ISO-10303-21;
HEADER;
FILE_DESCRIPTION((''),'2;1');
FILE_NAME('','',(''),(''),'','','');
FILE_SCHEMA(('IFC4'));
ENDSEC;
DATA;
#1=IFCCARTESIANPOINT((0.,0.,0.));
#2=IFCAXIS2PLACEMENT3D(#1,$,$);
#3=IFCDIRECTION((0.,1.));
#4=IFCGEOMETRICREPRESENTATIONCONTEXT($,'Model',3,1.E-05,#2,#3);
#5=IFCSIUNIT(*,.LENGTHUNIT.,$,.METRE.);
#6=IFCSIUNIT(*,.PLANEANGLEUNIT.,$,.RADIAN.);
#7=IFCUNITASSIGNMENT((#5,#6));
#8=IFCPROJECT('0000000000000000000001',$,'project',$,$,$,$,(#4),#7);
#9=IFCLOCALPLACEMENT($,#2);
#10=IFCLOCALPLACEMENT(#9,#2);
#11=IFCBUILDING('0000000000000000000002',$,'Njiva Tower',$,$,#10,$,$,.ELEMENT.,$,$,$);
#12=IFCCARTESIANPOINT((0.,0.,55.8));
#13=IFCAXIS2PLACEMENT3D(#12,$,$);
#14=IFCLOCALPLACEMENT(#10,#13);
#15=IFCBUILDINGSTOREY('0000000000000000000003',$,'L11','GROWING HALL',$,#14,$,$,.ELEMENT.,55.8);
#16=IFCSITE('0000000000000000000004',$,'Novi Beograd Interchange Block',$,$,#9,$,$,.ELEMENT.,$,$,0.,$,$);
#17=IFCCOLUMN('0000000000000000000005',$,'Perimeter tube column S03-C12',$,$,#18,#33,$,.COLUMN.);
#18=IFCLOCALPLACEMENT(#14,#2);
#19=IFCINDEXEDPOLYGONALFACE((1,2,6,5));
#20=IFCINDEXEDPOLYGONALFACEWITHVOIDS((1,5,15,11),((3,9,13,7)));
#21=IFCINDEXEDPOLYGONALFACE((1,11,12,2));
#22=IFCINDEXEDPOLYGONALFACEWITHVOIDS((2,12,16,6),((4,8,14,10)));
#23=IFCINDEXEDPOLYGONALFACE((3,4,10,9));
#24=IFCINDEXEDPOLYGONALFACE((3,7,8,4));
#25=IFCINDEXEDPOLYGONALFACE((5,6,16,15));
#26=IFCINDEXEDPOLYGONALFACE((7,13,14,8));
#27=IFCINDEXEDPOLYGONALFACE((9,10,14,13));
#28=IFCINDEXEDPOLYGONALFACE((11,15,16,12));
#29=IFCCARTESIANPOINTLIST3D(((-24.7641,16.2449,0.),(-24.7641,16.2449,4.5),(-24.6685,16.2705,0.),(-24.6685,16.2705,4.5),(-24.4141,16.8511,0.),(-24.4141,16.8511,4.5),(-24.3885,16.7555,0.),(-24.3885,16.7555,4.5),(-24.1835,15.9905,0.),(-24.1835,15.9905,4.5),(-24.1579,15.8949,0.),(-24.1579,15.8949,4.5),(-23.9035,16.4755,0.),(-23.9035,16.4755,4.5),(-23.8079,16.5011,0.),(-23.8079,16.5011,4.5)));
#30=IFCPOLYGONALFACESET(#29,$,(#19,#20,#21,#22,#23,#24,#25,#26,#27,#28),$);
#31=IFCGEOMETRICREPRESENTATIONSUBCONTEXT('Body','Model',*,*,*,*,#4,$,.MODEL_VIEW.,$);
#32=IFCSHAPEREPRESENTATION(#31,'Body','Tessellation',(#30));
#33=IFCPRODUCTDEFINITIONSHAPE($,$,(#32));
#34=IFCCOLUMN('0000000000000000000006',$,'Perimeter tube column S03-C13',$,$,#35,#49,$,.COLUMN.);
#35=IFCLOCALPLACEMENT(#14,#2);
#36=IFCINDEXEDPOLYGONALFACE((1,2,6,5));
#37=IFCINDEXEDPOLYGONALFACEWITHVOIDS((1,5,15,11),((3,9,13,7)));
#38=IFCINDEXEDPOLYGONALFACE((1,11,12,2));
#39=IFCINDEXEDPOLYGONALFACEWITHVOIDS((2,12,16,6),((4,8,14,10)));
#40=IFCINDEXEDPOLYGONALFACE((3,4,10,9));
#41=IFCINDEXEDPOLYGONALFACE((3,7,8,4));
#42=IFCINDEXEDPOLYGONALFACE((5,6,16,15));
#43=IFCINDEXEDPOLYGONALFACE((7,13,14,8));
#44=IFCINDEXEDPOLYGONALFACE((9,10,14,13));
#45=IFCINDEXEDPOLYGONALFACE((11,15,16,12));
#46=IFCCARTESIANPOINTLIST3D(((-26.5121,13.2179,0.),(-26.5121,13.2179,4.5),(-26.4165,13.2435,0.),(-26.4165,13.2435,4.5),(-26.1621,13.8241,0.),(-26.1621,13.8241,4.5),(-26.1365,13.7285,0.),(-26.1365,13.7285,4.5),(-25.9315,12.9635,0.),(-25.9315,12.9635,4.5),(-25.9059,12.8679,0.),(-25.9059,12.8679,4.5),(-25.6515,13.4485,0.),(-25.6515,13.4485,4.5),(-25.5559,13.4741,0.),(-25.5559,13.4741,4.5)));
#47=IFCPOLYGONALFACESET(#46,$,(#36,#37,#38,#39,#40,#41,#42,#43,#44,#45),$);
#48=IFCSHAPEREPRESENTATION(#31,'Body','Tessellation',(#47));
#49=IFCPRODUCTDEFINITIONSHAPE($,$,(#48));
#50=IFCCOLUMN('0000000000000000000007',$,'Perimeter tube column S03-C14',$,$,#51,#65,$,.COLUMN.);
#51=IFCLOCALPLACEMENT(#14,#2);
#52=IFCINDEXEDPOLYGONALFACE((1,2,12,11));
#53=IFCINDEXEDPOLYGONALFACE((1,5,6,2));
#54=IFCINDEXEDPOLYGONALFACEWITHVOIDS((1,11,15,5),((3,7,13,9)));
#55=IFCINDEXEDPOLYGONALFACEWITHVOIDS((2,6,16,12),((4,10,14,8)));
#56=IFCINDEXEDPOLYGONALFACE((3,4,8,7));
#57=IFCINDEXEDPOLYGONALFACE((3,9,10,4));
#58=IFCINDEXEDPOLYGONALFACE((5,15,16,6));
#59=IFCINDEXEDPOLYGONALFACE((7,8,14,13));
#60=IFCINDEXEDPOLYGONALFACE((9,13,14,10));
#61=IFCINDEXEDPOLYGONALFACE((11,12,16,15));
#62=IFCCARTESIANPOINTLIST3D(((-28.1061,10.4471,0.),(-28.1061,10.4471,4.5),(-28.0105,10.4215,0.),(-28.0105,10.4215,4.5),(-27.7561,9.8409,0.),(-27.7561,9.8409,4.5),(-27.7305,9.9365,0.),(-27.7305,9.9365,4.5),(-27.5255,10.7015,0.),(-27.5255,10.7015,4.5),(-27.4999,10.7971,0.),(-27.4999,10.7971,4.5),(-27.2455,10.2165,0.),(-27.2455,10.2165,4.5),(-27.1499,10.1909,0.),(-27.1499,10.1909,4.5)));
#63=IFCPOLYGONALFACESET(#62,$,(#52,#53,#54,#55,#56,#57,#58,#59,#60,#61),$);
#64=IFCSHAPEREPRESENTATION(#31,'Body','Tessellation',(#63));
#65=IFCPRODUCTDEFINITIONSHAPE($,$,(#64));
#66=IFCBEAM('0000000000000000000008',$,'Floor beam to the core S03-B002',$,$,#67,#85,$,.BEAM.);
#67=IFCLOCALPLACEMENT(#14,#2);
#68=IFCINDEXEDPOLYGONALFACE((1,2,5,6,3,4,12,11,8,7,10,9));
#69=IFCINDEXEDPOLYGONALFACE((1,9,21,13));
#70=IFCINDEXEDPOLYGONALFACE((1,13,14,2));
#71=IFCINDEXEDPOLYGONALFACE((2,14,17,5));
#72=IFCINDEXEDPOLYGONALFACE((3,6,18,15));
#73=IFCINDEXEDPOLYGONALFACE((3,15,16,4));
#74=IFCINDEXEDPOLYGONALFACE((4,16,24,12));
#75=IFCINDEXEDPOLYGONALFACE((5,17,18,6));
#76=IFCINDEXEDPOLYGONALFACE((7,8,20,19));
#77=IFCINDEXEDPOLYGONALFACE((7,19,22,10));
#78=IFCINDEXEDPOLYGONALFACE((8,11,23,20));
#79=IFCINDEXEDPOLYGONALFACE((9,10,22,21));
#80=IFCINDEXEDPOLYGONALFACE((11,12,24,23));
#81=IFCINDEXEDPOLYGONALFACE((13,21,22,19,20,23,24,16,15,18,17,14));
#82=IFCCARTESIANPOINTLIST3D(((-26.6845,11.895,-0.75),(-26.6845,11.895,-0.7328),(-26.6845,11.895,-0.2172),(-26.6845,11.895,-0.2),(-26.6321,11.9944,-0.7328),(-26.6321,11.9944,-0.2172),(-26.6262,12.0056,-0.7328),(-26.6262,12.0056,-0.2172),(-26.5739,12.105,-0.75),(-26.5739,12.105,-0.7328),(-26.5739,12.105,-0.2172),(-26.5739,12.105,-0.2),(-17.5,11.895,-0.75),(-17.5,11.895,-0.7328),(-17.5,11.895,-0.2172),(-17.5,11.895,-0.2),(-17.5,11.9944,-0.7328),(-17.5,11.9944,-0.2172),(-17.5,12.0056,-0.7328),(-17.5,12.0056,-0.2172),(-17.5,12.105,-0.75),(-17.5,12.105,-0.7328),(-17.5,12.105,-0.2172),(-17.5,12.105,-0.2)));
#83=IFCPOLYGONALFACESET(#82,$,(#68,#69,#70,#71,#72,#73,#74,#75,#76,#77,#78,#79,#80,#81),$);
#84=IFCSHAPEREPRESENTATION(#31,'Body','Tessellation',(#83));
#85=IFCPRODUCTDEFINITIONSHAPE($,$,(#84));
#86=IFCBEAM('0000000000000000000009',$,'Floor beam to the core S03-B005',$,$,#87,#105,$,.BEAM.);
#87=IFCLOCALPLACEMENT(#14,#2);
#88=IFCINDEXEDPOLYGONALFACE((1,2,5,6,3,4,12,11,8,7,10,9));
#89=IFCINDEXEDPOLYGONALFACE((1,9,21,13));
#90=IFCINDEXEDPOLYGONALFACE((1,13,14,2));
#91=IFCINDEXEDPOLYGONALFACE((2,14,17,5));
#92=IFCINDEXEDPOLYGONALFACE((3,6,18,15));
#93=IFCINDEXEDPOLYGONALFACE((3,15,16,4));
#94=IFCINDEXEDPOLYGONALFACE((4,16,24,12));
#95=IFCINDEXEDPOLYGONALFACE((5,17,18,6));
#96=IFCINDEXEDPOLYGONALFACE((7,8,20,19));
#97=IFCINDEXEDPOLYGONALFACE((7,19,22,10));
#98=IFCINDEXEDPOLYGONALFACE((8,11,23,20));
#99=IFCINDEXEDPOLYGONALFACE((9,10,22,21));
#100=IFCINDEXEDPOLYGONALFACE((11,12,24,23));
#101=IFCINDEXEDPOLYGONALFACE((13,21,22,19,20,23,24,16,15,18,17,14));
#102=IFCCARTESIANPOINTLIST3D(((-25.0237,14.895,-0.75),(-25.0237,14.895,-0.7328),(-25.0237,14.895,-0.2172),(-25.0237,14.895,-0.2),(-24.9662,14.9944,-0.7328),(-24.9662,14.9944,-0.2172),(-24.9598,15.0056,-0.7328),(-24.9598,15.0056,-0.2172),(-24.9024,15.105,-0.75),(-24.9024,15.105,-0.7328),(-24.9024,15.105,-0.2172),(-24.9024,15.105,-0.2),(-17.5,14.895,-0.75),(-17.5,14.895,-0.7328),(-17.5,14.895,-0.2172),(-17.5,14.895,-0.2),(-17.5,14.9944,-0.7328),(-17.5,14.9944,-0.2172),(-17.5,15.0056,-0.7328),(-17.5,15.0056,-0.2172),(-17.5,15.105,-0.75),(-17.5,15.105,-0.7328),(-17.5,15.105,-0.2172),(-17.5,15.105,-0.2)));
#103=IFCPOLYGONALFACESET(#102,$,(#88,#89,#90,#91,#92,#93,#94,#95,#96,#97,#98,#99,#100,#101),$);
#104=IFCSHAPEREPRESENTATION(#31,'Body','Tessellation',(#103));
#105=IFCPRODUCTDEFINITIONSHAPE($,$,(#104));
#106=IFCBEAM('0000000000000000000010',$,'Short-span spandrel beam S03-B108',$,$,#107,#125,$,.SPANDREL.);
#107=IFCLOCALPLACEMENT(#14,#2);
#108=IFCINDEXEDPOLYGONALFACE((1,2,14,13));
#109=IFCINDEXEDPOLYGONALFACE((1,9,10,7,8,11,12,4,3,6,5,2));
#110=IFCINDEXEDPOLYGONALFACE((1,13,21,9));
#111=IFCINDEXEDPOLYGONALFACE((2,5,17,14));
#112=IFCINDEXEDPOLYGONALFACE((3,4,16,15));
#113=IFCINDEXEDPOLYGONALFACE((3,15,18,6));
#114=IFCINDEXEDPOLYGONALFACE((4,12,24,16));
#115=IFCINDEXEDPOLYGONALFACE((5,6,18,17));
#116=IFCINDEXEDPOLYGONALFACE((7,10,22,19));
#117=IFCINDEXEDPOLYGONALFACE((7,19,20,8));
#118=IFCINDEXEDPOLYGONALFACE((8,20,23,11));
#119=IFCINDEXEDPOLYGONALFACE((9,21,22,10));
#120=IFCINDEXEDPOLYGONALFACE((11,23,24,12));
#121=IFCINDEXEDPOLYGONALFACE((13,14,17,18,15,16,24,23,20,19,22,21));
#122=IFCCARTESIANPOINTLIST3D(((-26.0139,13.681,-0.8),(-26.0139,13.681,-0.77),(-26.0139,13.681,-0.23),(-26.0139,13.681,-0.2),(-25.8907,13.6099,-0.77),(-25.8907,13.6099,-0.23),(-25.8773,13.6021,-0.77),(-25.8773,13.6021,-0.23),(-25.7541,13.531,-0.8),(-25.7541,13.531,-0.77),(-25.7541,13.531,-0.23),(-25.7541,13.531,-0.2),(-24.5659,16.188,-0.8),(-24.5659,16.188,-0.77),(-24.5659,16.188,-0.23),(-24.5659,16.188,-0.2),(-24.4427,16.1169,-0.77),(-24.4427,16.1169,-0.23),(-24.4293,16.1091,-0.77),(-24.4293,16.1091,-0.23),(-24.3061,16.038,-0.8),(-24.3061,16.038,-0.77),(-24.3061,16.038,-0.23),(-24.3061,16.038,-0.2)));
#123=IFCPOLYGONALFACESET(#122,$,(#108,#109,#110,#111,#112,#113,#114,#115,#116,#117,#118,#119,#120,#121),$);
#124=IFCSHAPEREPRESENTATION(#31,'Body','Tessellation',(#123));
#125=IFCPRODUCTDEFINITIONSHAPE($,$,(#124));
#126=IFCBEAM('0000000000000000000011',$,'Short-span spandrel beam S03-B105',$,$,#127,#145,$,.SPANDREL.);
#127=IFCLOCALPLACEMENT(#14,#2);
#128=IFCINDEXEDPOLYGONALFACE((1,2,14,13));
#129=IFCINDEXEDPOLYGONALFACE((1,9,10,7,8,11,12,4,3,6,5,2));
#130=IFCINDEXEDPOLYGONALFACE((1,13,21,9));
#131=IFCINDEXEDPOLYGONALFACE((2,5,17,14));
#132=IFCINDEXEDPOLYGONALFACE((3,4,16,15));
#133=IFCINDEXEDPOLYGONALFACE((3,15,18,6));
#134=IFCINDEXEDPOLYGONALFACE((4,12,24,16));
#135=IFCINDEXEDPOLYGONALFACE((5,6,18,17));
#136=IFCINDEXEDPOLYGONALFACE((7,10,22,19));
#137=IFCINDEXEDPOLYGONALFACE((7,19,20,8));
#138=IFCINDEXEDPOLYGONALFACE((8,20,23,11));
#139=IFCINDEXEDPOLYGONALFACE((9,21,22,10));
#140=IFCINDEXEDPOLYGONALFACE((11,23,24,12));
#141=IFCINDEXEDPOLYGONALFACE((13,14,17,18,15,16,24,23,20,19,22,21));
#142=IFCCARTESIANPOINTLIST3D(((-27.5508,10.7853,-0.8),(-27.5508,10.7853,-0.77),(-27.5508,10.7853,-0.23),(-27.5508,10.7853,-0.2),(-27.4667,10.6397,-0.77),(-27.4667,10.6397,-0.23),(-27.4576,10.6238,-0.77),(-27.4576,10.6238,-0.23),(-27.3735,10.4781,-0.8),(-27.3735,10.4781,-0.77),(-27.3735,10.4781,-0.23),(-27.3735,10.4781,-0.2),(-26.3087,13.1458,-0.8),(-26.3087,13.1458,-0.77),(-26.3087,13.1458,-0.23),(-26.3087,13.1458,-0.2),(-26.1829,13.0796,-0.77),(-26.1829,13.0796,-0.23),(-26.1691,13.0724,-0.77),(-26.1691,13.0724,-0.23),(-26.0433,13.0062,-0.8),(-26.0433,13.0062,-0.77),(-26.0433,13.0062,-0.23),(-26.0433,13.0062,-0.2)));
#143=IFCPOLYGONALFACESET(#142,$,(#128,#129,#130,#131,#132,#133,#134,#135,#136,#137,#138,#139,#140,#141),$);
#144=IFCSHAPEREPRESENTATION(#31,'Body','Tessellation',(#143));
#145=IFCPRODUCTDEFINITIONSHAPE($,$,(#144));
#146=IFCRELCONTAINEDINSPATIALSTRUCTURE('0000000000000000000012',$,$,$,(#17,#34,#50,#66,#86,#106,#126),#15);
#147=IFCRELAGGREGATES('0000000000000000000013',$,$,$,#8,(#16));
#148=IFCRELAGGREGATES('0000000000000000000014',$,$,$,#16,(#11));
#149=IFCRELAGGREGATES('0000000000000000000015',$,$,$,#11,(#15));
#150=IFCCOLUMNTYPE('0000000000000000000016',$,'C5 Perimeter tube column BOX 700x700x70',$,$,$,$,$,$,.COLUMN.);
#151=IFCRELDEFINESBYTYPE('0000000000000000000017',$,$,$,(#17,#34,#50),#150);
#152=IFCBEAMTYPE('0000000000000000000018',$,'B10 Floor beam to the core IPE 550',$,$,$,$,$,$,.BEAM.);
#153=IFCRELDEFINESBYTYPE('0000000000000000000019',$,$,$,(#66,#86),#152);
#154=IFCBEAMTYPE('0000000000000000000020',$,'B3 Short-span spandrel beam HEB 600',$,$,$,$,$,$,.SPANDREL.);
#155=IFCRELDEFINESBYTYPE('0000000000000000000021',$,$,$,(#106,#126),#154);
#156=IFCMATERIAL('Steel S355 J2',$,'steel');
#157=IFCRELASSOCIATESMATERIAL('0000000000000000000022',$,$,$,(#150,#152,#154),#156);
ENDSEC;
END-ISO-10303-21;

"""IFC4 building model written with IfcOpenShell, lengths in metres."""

from ifc_helpers import new_model, si_unit, direction, frame, origin, origin_2d, place, context, subcontext, project, spatial, hollow_rectangle, i_section, extrude, clip, halfspace, material, material_profile, profile_set, type_object, element, save


model = new_model("IFC4")

# Units and contexts
model_context = context("Model", 3, precision=1e-05, world=origin(), true_north=direction((0.0, 1.0)))
body_context = subcontext(model_context, "Body", "Model", "MODEL_VIEW")
ifc_project = project(units=[si_unit("LENGTHUNIT", "METRE"), si_unit("PLANEANGLEUNIT", "RADIAN")], contexts=[model_context])

# Site, building, storey
site_placement = place(None, origin())
site = spatial("IfcSite", under=ifc_project, at=site_placement, Name="Novi Beograd Interchange Block", CompositionType="ELEMENT", RefElevation=0.0)
building_placement = place(site_placement, origin())
building = spatial("IfcBuilding", under=site, at=building_placement, Name="Njiva Tower", CompositionType="ELEMENT")
storey_placement = place(building_placement, frame((0.0, 0.0, 55.8)))
storey = spatial("IfcBuildingStorey", under=building, at=storey_placement, Name="L11", Description="GROWING HALL", CompositionType="ELEMENT", Elevation=55.8)

# Columns
ifc_material_1 = material(Name="Steel S355 J2", Category="steel")
ifc_material_profile_1 = material_profile(ifc_material_1, hollow_rectangle(XDim=0.7, YDim=0.7, WallThickness=0.07, at=origin_2d()), Name="BOX 700x700x70")
ifc_profile_set_1 = profile_set([ifc_material_profile_1], Name="Steel S355 J2")
column_type = type_object("IfcColumnType", Name="C5 Perimeter tube column BOX 700x700x70", PredefinedType="COLUMN", material=ifc_profile_set_1)
for number, where, z_axis, x_axis, name in (
    (1, (-24.286, 16.373, 0.0), (0.0, 0.0, 1.0), (-0.5, -0.866025, 0.0), "Perimeter tube column S03-C12"),
    (2, (-26.034, 13.346, 0.0), (0.0, 0.0, 1.0), (-0.5, -0.866025, 0.0), "Perimeter tube column S03-C13"),
    (3, (-27.628, 10.319, 0.0), (0.0, 0.0, 1.0), (0.5, -0.866025, 0.0), "Perimeter tube column S03-C14"),
):
    element("IfcColumn", number, at=place(storey_placement, frame(where, z_axis=z_axis, x_axis=x_axis)), inside=storey, type_object=column_type, Name=name, PredefinedType="COLUMN", context=body_context, shape_type="SweptSolid", body=[
        extrude(hollow_rectangle(XDim=0.7, YDim=0.7, WallThickness=0.07, at=origin_2d()), origin(), (0.0, 0.0, 1.0), 4.5),
    ])

# Beams
ifc_material_profile_2 = material_profile(ifc_material_1, i_section(OverallWidth=0.21, OverallDepth=0.55, WebThickness=0.0111, FlangeThickness=0.0172, at=origin_2d()), Name="IPE 550")
ifc_profile_set_2 = profile_set([ifc_material_profile_2], Name="Steel S355 J2")
beam_type_1 = type_object("IfcBeamType", Name="B10 Floor beam to the core IPE 550", PredefinedType="BEAM", material=ifc_profile_set_2)
beam_1_placement = place(storey_placement, frame((-26.704, 12.0, -0.475), z_axis=(1.0, 0.0, 0.0), x_axis=(0.0, 1.0, 0.0)))
element("IfcBeam", 4, at=beam_1_placement, inside=storey, type_object=beam_type_1, Name="Floor beam to the core S03-B002", PredefinedType="BEAM", context=body_context, shape_type="Clipping", body=[
    clip(extrude(i_section(OverallWidth=0.21, OverallDepth=0.55, WebThickness=0.0111, FlangeThickness=0.0172, at=origin_2d()), origin(), (0.0, 0.0, 1.0), 9.204), halfspace(frame((0.0233, 0.0, 0.0871), z_axis=(0.465931, 0.0, -0.884821), x_axis=(0.0, -1.0, 0.0)), False)),
])
beam_2_placement = place(storey_placement, frame((-25.044, 15.0, -0.475), z_axis=(1.0, 0.0, 0.0), x_axis=(0.0, 1.0, 0.0)))
element("IfcBeam", 5, at=beam_2_placement, inside=storey, type_object=beam_type_1, Name="Floor beam to the core S03-B005", PredefinedType="BEAM", context=body_context, shape_type="Clipping", body=[
    clip(extrude(i_section(OverallWidth=0.21, OverallDepth=0.55, WebThickness=0.0111, FlangeThickness=0.0172, at=origin_2d()), origin(), (0.0, 0.0, 1.0), 7.544), halfspace(frame((0.025, 0.0, 0.0954), z_axis=(0.499998, 0.0, -0.866027), x_axis=(0.0, -1.0, 0.0)), False)),
])
ifc_material_profile_3 = material_profile(ifc_material_1, i_section(OverallWidth=0.3, OverallDepth=0.6, WebThickness=0.0155, FlangeThickness=0.03, at=origin_2d()), Name="HEB 600")
ifc_profile_set_3 = profile_set([ifc_material_profile_3], Name="Steel S355 J2")
beam_type_2 = type_object("IfcBeamType", Name="B3 Short-span spandrel beam HEB 600", PredefinedType="SPANDREL", material=ifc_profile_set_3)
beam_3_placement = place(storey_placement, frame((-24.436, 16.113, -0.5), z_axis=(-0.500151, -0.865938, 0.0), x_axis=(0.865938, -0.500151, 0.0)))
element("IfcBeam", 6, at=beam_3_placement, inside=storey, type_object=beam_type_2, Name="Short-span spandrel beam S03-B108", PredefinedType="SPANDREL", context=body_context, shape_type="SweptSolid", body=[
    extrude(i_section(OverallWidth=0.3, OverallDepth=0.6, WebThickness=0.0155, FlangeThickness=0.03, at=origin_2d()), origin(), (0.0, 0.0, 1.0), 2.8951),
])
beam_4_placement = place(storey_placement, frame((-26.176, 13.076, -0.5), z_axis=(-0.465657, -0.884965, 0.0), x_axis=(0.884965, -0.465657, 0.0)))
element("IfcBeam", 7, at=beam_4_placement, inside=storey, type_object=beam_type_2, Name="Short-span spandrel beam S03-B105", PredefinedType="SPANDREL", context=body_context, shape_type="Clipping", body=[
    clip(extrude(i_section(OverallWidth=0.3, OverallDepth=0.6, WebThickness=0.0155, FlangeThickness=0.03, at=origin_2d()), origin(), (0.0, 0.0, 1.0), 2.8767), halfspace(frame((-0.0271, 0.0, 2.7449), z_axis=(-0.533576, 0.0, 0.845752), x_axis=(0.0, 1.0, 0.0)), False)),
])

save(model, "model.ifc")
